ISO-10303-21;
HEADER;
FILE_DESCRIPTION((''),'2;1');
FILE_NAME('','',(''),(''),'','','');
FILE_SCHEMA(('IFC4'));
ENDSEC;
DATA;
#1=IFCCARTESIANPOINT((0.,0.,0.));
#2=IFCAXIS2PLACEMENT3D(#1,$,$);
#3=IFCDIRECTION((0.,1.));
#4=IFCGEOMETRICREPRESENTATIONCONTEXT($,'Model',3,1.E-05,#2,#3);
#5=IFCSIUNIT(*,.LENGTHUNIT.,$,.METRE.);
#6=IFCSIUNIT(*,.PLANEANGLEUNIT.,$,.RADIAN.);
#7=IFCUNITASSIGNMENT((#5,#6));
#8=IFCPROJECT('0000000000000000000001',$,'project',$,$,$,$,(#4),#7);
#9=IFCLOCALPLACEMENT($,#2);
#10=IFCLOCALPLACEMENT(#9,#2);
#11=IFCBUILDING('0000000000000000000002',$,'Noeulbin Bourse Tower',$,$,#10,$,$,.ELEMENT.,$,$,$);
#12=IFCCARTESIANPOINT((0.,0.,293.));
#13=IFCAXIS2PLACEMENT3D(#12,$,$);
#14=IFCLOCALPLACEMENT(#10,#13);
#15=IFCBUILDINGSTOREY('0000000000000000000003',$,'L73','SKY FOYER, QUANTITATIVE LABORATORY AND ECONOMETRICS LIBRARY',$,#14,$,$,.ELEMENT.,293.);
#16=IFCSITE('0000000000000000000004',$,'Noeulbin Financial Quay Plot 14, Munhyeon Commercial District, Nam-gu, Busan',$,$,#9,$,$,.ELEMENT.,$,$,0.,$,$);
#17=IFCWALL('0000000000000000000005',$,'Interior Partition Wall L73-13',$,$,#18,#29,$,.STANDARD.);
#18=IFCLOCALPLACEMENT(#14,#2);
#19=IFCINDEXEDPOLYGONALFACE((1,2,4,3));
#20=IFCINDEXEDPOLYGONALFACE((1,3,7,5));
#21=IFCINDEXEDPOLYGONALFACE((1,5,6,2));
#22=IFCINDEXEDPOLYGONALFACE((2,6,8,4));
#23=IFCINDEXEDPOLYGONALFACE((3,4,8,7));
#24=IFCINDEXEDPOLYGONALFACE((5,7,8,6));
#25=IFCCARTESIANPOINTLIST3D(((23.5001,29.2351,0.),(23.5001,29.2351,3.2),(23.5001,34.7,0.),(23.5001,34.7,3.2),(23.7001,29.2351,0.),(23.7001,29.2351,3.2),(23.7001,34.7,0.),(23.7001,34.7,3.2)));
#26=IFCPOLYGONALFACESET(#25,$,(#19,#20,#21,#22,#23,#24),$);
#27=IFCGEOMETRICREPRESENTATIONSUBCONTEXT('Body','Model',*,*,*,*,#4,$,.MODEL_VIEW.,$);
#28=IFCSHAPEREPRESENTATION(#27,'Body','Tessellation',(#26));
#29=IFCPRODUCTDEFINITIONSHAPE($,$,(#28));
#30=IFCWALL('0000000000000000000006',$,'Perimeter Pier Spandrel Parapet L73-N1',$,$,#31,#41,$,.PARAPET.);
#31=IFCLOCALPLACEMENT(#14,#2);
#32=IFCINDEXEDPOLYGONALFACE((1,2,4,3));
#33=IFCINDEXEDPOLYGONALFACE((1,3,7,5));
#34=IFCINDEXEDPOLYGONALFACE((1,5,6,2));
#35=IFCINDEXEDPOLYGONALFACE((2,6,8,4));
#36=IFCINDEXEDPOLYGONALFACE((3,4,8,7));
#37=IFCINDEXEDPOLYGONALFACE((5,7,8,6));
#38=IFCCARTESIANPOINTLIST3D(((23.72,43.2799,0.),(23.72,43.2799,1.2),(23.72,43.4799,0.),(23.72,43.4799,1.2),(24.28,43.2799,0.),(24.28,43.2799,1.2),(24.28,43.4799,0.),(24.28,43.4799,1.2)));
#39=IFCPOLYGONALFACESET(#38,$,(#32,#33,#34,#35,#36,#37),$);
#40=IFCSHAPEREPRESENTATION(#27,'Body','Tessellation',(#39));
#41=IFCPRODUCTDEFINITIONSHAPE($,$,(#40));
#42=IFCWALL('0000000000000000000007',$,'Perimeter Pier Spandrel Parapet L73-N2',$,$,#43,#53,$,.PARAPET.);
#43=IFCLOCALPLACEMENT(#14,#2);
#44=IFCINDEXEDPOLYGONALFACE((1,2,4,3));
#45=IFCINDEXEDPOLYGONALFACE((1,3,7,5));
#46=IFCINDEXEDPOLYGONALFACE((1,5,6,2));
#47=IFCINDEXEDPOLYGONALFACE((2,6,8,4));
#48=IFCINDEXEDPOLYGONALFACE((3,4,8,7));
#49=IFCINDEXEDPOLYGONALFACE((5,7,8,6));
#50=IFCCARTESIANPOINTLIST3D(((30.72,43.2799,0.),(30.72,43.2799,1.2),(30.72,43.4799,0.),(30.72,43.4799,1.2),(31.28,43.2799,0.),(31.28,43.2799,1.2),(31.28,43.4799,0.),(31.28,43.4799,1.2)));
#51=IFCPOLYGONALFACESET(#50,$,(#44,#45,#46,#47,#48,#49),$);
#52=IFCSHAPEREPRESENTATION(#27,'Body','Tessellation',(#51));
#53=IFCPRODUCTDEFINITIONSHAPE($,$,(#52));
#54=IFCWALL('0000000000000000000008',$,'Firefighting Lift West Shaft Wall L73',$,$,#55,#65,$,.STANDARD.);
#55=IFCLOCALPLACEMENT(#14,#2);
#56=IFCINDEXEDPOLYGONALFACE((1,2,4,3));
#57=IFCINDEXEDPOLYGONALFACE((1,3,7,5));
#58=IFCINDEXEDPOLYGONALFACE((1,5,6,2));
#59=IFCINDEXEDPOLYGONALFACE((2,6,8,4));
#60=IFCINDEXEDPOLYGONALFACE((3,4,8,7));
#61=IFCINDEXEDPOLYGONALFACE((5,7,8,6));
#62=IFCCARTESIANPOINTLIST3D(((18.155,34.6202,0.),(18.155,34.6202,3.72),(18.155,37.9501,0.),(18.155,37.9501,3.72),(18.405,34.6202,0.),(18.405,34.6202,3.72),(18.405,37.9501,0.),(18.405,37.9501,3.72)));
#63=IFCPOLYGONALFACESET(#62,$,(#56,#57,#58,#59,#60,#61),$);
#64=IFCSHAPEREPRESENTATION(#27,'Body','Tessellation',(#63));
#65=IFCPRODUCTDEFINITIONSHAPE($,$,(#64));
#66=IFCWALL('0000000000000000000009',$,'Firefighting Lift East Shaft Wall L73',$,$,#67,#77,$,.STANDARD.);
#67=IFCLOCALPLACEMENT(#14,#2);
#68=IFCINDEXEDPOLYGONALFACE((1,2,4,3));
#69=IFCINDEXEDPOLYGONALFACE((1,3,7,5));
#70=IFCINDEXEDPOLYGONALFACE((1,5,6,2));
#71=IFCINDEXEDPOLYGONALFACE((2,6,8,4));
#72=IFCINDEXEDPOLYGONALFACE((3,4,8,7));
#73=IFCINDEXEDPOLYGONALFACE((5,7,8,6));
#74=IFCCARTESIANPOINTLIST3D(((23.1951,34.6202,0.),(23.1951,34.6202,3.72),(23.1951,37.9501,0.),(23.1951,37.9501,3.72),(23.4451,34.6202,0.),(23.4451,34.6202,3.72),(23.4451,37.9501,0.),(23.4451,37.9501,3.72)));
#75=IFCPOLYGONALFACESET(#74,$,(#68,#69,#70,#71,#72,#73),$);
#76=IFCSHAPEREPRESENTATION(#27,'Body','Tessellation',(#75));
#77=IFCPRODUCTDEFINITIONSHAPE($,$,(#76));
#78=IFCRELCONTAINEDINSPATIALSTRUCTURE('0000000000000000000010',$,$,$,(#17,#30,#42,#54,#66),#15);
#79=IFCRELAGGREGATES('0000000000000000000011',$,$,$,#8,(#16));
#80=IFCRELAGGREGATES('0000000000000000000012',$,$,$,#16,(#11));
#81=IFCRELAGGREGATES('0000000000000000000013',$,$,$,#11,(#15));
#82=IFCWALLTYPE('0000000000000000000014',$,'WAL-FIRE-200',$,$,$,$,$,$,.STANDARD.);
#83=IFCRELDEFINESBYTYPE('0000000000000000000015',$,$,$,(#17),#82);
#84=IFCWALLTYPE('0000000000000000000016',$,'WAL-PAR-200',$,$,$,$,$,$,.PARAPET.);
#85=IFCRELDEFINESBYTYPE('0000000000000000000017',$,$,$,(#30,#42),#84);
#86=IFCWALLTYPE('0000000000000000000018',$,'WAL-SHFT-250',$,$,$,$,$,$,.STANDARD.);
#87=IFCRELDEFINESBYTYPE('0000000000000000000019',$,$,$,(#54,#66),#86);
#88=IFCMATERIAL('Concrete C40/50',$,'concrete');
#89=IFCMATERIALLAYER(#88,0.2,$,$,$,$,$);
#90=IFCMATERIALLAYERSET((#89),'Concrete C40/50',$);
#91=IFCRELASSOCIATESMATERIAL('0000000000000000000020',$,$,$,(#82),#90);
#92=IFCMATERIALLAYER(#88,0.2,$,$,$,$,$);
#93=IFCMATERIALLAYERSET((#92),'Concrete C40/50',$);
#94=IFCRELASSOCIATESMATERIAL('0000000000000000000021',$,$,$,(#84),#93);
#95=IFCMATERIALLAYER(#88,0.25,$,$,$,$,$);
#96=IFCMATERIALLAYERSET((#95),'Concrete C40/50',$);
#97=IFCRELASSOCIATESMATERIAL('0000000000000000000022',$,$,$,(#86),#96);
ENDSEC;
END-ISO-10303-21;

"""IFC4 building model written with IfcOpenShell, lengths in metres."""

from ifc_helpers import new_model, si_unit, direction, frame, frame_2d, origin, place, context, subcontext, project, spatial, rectangle, extrude, material, layer, layer_set, type_object, element, save


model = new_model("IFC4")

# Units and contexts
model_context = context("Model", 3, precision=1e-05, world=origin(), true_north=direction((0.0, 1.0)))
body_context = subcontext(model_context, "Body", "Model", "MODEL_VIEW")
ifc_project = project(units=[si_unit("LENGTHUNIT", "METRE"), si_unit("PLANEANGLEUNIT", "RADIAN")], contexts=[model_context])

# Site, building, storey
site_placement = place(None, origin())
site = spatial("IfcSite", under=ifc_project, at=site_placement, Name="Noeulbin Financial Quay Plot 14, Munhyeon Commercial District, Nam-gu, Busan", CompositionType="ELEMENT", RefElevation=0.0)
building_placement = place(site_placement, origin())
building = spatial("IfcBuilding", under=site, at=building_placement, Name="Noeulbin Bourse Tower", CompositionType="ELEMENT")
storey_placement = place(building_placement, frame((0.0, 0.0, 293.0)))
storey = spatial("IfcBuildingStorey", under=building, at=storey_placement, Name="L73", Description="SKY FOYER, QUANTITATIVE LABORATORY AND ECONOMETRICS LIBRARY", CompositionType="ELEMENT", Elevation=293.0)

# Shared definitions
ifc_material_1 = material(Name="Concrete C40/50", Category="concrete")
ifc_layer_1 = layer(ifc_material_1, 0.2)
ifc_layer_set_1 = layer_set([ifc_layer_1], Name="Concrete C40/50")
wall_type_1 = type_object("IfcWallType", Name="WAL-FIRE-200", PredefinedType="STANDARD", material=ifc_layer_set_1)

# Walls
wall_1_placement = place(storey_placement, frame((23.6001, 29.2351, 0.0), z_axis=(0.0, 0.0, 1.0), x_axis=(0.0, 1.0, 0.0)))
element("IfcWall", 1, at=wall_1_placement, inside=storey, type_object=wall_type_1, Name="Interior Partition Wall L73-13", PredefinedType="STANDARD", context=body_context, shape_type="SweptSolid", body=[
    extrude(rectangle(XDim=5.4648, YDim=0.2, at=frame_2d((2.7324, 0.0))), origin(), (0.0, 0.0, 1.0), 3.2),
])
ifc_layer_2 = layer(ifc_material_1, 0.2)
ifc_layer_set_2 = layer_set([ifc_layer_2], Name="Concrete C40/50")
wall_type_2 = type_object("IfcWallType", Name="WAL-PAR-200", PredefinedType="PARAPET", material=ifc_layer_set_2)
for number, where, z_axis, x_axis, name in (
    (2, (23.72, 43.3799, 0.0), (0.0, 0.0, 1.0), (1.0, 0.0, 0.0), "Perimeter Pier Spandrel Parapet L73-N1"),
    (3, (30.72, 43.3799, 0.0), (0.0, 0.0, 1.0), (1.0, 0.0, 0.0), "Perimeter Pier Spandrel Parapet L73-N2"),
):
    element("IfcWall", number, at=place(storey_placement, frame(where, z_axis=z_axis, x_axis=x_axis)), inside=storey, type_object=wall_type_2, Name=name, PredefinedType="PARAPET", context=body_context, shape_type="SweptSolid", body=[
        extrude(rectangle(XDim=0.5601, YDim=0.2, at=frame_2d((0.28, 0.0))), origin(), (0.0, 0.0, 1.0), 1.2),
    ])
ifc_layer_3 = layer(ifc_material_1, 0.25)
ifc_layer_set_3 = layer_set([ifc_layer_3], Name="Concrete C40/50")
wall_type_3 = type_object("IfcWallType", Name="WAL-SHFT-250", PredefinedType="STANDARD", material=ifc_layer_set_3)
for number, where, z_axis, x_axis, name in (
    (4, (18.28, 34.6201, 0.0), (0.0, 0.0, 1.0), (0.0, 1.0, 0.0), "Firefighting Lift West Shaft Wall L73"),
    (5, (23.3201, 34.6201, 0.0), (0.0, 0.0, 1.0), (0.0, 1.0, 0.0), "Firefighting Lift East Shaft Wall L73"),
):
    element("IfcWall", number, at=place(storey_placement, frame(where, z_axis=z_axis, x_axis=x_axis)), inside=storey, type_object=wall_type_3, Name=name, PredefinedType="STANDARD", context=body_context, shape_type="SweptSolid", body=[
        extrude(rectangle(XDim=3.3298, YDim=0.25, at=frame_2d((1.665, 0.0))), origin(), (0.0, 0.0, 1.0), 3.72),
    ])

save(model, "model.ifc")
